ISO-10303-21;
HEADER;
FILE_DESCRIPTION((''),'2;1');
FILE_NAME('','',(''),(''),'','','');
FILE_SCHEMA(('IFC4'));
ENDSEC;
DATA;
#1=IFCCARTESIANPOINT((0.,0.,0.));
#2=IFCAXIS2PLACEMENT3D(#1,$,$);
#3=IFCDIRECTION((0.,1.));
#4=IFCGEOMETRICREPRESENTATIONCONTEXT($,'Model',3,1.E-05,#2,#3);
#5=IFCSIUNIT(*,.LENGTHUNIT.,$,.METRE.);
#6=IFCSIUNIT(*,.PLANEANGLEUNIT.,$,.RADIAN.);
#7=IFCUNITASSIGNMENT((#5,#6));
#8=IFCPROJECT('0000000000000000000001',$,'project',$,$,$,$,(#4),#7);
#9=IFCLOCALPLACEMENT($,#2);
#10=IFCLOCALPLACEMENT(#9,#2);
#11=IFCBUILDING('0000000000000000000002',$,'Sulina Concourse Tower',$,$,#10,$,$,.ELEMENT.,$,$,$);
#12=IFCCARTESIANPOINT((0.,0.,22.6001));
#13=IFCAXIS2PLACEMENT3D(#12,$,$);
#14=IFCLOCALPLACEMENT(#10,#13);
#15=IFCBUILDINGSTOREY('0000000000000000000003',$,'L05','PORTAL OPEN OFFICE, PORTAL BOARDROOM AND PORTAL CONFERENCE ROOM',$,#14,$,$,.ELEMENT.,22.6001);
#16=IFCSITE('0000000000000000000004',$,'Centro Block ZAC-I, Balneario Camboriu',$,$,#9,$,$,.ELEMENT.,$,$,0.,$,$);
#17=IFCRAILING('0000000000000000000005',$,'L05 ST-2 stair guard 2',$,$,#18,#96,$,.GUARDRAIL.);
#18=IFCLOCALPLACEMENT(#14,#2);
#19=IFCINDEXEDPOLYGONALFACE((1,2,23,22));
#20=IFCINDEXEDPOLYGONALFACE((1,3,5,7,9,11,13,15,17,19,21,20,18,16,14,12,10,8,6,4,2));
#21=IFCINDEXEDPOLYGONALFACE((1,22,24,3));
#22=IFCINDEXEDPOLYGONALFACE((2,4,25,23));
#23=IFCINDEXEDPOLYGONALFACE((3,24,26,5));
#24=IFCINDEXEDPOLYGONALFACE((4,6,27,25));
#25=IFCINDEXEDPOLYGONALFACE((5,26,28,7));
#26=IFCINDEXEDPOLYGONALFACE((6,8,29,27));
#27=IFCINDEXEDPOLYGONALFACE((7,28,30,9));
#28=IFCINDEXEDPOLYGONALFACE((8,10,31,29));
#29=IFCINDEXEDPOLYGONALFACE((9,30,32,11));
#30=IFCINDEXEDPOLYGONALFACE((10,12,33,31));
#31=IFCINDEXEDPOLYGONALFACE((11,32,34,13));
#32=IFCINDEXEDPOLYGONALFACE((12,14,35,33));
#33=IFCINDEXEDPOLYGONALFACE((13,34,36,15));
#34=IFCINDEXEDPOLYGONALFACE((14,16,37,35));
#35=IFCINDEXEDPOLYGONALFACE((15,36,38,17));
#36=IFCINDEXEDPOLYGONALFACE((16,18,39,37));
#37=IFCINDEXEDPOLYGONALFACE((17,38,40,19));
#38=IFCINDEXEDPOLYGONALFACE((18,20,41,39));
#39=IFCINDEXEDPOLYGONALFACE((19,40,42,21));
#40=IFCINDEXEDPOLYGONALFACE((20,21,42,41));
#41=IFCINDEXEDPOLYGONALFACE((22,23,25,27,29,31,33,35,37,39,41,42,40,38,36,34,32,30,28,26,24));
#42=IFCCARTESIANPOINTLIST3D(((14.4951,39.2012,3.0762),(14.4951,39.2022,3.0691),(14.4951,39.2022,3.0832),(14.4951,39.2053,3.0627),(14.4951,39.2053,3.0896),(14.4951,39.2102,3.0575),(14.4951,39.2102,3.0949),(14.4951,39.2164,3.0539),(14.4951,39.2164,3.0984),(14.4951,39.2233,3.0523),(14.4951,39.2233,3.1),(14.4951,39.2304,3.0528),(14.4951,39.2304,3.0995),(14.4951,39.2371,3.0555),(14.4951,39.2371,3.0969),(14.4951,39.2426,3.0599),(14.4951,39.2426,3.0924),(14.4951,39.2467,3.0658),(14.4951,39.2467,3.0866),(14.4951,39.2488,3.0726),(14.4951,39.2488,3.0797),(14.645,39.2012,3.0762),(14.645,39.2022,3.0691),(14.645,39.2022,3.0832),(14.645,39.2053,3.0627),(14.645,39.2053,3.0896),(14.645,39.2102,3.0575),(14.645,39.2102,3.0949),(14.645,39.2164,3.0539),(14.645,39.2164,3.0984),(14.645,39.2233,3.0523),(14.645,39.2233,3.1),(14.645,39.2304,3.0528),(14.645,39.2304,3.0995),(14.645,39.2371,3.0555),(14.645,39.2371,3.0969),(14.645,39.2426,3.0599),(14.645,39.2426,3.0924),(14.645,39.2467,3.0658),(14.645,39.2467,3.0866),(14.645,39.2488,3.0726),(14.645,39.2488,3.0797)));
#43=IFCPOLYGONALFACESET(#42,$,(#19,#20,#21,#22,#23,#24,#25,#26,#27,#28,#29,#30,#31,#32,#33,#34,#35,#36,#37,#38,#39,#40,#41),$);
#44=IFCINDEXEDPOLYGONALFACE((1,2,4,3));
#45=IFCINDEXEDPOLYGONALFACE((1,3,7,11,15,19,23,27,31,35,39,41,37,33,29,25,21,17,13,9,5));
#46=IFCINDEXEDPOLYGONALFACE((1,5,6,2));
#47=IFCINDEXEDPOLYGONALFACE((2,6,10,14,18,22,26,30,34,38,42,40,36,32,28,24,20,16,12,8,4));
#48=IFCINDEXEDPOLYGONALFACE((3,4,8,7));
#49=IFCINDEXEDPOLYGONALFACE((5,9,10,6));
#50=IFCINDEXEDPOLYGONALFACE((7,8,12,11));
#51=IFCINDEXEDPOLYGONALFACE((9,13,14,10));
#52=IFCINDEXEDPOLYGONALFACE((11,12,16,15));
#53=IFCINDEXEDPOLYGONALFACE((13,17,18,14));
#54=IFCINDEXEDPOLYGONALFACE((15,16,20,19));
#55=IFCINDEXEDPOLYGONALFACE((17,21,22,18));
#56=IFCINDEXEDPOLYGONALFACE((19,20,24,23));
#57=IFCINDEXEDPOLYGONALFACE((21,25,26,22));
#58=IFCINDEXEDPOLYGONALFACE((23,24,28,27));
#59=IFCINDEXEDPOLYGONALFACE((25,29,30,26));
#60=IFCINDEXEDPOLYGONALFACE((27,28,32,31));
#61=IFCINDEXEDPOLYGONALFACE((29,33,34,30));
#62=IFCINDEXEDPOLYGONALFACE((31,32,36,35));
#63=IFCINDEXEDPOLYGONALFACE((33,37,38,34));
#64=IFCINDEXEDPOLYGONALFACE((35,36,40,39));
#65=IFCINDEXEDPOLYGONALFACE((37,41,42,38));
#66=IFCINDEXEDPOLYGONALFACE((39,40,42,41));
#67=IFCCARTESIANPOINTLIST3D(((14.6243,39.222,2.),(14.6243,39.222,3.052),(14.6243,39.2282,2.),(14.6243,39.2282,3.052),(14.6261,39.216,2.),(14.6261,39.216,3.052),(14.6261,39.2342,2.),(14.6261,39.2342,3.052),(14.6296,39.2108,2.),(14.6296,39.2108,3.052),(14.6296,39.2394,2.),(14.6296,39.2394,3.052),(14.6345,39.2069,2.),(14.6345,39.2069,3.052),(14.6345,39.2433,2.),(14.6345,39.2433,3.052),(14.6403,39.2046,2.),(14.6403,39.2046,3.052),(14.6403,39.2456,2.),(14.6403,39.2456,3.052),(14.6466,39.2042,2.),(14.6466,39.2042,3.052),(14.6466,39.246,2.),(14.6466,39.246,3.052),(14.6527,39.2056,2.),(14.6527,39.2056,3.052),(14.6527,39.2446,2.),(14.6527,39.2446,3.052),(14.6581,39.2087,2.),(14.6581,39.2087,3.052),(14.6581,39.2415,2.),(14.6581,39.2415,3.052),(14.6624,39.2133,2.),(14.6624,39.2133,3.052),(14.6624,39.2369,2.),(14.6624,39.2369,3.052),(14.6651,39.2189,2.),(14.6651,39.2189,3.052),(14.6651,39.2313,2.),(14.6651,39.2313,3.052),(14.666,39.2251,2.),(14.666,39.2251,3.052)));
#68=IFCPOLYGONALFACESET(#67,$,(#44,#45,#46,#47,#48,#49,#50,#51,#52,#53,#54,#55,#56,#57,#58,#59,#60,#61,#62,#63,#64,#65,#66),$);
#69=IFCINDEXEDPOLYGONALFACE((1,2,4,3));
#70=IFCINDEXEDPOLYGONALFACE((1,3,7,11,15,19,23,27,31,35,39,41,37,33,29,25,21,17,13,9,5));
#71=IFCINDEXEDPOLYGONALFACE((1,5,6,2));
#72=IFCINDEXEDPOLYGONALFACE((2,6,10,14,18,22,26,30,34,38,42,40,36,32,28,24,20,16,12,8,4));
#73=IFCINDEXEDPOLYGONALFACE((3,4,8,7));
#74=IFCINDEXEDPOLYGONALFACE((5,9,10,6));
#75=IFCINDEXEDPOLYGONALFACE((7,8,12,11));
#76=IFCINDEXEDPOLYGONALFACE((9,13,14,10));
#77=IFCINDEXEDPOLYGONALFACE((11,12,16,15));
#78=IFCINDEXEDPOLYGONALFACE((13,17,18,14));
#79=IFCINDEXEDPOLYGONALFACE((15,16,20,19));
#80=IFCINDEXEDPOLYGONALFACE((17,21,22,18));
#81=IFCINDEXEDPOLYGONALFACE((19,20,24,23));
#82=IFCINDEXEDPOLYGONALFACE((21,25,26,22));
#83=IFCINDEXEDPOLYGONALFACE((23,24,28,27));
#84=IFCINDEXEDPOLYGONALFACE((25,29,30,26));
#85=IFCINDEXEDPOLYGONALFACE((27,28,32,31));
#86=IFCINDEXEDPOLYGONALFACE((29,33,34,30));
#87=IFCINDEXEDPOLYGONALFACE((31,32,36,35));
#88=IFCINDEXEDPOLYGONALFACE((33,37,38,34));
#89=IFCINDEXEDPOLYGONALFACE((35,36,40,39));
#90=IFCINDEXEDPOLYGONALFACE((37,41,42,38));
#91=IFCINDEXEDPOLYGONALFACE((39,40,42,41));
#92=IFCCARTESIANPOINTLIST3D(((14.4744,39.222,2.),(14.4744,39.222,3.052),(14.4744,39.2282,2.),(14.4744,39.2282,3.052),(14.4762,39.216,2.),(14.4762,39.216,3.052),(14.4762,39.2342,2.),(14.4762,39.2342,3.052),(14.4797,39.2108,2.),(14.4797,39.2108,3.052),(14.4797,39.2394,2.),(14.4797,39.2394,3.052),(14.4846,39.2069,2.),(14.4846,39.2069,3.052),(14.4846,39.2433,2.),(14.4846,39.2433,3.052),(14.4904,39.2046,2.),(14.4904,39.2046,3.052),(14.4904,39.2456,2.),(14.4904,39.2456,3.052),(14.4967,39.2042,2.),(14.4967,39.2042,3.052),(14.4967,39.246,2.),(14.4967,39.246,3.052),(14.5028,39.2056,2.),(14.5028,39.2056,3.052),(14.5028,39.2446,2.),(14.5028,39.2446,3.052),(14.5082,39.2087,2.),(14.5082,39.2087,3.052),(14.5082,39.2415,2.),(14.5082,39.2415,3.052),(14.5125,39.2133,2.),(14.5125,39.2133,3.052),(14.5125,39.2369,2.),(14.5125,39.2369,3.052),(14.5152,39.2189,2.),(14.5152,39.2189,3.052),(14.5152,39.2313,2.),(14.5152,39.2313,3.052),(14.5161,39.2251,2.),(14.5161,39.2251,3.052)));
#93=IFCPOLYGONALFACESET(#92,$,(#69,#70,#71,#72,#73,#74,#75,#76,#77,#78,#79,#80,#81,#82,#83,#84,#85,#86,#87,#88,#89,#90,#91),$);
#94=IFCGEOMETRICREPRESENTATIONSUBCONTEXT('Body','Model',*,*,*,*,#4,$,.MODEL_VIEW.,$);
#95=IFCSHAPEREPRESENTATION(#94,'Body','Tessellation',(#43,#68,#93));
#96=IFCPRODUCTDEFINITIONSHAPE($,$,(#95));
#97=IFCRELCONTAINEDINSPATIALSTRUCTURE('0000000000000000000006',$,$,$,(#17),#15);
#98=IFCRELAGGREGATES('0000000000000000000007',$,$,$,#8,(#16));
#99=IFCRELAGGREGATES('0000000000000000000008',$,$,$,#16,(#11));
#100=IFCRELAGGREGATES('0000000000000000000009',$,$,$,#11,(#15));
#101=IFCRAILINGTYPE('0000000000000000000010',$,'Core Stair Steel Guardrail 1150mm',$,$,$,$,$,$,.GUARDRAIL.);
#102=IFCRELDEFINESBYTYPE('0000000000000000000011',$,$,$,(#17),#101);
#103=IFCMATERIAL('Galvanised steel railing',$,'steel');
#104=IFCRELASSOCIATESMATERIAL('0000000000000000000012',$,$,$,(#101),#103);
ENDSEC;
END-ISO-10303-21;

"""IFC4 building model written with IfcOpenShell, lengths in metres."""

from ifc_helpers import new_model, si_unit, direction, frame, origin, origin_2d, place, context, subcontext, project, spatial, circle, extrude, material, type_object, element, save


model = new_model("IFC4")

# Units and contexts
model_context = context("Model", 3, precision=1e-05, world=origin(), true_north=direction((0.0, 1.0)))
body_context = subcontext(model_context, "Body", "Model", "MODEL_VIEW")
ifc_project = project(units=[si_unit("LENGTHUNIT", "METRE"), si_unit("PLANEANGLEUNIT", "RADIAN")], contexts=[model_context])

# Site, building, storey
site_placement = place(None, origin())
site = spatial("IfcSite", under=ifc_project, at=site_placement, Name="Centro Block ZAC-I, Balneario Camboriu", CompositionType="ELEMENT", RefElevation=0.0)
building_placement = place(site_placement, origin())
building = spatial("IfcBuilding", under=site, at=building_placement, Name="Sulina Concourse Tower", CompositionType="ELEMENT")
storey_placement = place(building_placement, frame((0.0, 0.0, 22.6001)))
storey = spatial("IfcBuildingStorey", under=building, at=storey_placement, Name="L05", Description="PORTAL OPEN OFFICE, PORTAL BOARDROOM AND PORTAL CONFERENCE ROOM", CompositionType="ELEMENT", Elevation=22.6001)

# Railing
ifc_material_1 = material(Name="Galvanised steel railing", Category="steel")
railing_type_1 = type_object("IfcRailingType", Name="Core Stair Steel Guardrail 1150mm", PredefinedType="GUARDRAIL", material=ifc_material_1)
railing_1_placement = place(storey_placement, frame((14.645, 39.2251, 2.0)))
element("IfcRailing", 1, at=railing_1_placement, inside=storey, type_object=railing_type_1, Name="L05 ST-2 stair guard 2", PredefinedType="GUARDRAIL", context=body_context, shape_type="SweptSolid", body=[
    extrude(circle(Radius=0.0239, at=origin_2d()), frame((0.0, 0.0, 1.0762), z_axis=(-1.0, 0.0, 0.0), x_axis=(0.0, -1.0, 0.0)), (0.0, 0.0, 1.0), 0.1499),
    extrude(circle(Radius=0.021, at=origin_2d()), origin(), (0.0, 0.0, 1.0), 1.052),
    extrude(circle(Radius=0.021, at=origin_2d()), frame((-0.1499, 0.0, 0.0)), (0.0, 0.0, 1.0), 1.052),
])

save(model, "model.ifc")
